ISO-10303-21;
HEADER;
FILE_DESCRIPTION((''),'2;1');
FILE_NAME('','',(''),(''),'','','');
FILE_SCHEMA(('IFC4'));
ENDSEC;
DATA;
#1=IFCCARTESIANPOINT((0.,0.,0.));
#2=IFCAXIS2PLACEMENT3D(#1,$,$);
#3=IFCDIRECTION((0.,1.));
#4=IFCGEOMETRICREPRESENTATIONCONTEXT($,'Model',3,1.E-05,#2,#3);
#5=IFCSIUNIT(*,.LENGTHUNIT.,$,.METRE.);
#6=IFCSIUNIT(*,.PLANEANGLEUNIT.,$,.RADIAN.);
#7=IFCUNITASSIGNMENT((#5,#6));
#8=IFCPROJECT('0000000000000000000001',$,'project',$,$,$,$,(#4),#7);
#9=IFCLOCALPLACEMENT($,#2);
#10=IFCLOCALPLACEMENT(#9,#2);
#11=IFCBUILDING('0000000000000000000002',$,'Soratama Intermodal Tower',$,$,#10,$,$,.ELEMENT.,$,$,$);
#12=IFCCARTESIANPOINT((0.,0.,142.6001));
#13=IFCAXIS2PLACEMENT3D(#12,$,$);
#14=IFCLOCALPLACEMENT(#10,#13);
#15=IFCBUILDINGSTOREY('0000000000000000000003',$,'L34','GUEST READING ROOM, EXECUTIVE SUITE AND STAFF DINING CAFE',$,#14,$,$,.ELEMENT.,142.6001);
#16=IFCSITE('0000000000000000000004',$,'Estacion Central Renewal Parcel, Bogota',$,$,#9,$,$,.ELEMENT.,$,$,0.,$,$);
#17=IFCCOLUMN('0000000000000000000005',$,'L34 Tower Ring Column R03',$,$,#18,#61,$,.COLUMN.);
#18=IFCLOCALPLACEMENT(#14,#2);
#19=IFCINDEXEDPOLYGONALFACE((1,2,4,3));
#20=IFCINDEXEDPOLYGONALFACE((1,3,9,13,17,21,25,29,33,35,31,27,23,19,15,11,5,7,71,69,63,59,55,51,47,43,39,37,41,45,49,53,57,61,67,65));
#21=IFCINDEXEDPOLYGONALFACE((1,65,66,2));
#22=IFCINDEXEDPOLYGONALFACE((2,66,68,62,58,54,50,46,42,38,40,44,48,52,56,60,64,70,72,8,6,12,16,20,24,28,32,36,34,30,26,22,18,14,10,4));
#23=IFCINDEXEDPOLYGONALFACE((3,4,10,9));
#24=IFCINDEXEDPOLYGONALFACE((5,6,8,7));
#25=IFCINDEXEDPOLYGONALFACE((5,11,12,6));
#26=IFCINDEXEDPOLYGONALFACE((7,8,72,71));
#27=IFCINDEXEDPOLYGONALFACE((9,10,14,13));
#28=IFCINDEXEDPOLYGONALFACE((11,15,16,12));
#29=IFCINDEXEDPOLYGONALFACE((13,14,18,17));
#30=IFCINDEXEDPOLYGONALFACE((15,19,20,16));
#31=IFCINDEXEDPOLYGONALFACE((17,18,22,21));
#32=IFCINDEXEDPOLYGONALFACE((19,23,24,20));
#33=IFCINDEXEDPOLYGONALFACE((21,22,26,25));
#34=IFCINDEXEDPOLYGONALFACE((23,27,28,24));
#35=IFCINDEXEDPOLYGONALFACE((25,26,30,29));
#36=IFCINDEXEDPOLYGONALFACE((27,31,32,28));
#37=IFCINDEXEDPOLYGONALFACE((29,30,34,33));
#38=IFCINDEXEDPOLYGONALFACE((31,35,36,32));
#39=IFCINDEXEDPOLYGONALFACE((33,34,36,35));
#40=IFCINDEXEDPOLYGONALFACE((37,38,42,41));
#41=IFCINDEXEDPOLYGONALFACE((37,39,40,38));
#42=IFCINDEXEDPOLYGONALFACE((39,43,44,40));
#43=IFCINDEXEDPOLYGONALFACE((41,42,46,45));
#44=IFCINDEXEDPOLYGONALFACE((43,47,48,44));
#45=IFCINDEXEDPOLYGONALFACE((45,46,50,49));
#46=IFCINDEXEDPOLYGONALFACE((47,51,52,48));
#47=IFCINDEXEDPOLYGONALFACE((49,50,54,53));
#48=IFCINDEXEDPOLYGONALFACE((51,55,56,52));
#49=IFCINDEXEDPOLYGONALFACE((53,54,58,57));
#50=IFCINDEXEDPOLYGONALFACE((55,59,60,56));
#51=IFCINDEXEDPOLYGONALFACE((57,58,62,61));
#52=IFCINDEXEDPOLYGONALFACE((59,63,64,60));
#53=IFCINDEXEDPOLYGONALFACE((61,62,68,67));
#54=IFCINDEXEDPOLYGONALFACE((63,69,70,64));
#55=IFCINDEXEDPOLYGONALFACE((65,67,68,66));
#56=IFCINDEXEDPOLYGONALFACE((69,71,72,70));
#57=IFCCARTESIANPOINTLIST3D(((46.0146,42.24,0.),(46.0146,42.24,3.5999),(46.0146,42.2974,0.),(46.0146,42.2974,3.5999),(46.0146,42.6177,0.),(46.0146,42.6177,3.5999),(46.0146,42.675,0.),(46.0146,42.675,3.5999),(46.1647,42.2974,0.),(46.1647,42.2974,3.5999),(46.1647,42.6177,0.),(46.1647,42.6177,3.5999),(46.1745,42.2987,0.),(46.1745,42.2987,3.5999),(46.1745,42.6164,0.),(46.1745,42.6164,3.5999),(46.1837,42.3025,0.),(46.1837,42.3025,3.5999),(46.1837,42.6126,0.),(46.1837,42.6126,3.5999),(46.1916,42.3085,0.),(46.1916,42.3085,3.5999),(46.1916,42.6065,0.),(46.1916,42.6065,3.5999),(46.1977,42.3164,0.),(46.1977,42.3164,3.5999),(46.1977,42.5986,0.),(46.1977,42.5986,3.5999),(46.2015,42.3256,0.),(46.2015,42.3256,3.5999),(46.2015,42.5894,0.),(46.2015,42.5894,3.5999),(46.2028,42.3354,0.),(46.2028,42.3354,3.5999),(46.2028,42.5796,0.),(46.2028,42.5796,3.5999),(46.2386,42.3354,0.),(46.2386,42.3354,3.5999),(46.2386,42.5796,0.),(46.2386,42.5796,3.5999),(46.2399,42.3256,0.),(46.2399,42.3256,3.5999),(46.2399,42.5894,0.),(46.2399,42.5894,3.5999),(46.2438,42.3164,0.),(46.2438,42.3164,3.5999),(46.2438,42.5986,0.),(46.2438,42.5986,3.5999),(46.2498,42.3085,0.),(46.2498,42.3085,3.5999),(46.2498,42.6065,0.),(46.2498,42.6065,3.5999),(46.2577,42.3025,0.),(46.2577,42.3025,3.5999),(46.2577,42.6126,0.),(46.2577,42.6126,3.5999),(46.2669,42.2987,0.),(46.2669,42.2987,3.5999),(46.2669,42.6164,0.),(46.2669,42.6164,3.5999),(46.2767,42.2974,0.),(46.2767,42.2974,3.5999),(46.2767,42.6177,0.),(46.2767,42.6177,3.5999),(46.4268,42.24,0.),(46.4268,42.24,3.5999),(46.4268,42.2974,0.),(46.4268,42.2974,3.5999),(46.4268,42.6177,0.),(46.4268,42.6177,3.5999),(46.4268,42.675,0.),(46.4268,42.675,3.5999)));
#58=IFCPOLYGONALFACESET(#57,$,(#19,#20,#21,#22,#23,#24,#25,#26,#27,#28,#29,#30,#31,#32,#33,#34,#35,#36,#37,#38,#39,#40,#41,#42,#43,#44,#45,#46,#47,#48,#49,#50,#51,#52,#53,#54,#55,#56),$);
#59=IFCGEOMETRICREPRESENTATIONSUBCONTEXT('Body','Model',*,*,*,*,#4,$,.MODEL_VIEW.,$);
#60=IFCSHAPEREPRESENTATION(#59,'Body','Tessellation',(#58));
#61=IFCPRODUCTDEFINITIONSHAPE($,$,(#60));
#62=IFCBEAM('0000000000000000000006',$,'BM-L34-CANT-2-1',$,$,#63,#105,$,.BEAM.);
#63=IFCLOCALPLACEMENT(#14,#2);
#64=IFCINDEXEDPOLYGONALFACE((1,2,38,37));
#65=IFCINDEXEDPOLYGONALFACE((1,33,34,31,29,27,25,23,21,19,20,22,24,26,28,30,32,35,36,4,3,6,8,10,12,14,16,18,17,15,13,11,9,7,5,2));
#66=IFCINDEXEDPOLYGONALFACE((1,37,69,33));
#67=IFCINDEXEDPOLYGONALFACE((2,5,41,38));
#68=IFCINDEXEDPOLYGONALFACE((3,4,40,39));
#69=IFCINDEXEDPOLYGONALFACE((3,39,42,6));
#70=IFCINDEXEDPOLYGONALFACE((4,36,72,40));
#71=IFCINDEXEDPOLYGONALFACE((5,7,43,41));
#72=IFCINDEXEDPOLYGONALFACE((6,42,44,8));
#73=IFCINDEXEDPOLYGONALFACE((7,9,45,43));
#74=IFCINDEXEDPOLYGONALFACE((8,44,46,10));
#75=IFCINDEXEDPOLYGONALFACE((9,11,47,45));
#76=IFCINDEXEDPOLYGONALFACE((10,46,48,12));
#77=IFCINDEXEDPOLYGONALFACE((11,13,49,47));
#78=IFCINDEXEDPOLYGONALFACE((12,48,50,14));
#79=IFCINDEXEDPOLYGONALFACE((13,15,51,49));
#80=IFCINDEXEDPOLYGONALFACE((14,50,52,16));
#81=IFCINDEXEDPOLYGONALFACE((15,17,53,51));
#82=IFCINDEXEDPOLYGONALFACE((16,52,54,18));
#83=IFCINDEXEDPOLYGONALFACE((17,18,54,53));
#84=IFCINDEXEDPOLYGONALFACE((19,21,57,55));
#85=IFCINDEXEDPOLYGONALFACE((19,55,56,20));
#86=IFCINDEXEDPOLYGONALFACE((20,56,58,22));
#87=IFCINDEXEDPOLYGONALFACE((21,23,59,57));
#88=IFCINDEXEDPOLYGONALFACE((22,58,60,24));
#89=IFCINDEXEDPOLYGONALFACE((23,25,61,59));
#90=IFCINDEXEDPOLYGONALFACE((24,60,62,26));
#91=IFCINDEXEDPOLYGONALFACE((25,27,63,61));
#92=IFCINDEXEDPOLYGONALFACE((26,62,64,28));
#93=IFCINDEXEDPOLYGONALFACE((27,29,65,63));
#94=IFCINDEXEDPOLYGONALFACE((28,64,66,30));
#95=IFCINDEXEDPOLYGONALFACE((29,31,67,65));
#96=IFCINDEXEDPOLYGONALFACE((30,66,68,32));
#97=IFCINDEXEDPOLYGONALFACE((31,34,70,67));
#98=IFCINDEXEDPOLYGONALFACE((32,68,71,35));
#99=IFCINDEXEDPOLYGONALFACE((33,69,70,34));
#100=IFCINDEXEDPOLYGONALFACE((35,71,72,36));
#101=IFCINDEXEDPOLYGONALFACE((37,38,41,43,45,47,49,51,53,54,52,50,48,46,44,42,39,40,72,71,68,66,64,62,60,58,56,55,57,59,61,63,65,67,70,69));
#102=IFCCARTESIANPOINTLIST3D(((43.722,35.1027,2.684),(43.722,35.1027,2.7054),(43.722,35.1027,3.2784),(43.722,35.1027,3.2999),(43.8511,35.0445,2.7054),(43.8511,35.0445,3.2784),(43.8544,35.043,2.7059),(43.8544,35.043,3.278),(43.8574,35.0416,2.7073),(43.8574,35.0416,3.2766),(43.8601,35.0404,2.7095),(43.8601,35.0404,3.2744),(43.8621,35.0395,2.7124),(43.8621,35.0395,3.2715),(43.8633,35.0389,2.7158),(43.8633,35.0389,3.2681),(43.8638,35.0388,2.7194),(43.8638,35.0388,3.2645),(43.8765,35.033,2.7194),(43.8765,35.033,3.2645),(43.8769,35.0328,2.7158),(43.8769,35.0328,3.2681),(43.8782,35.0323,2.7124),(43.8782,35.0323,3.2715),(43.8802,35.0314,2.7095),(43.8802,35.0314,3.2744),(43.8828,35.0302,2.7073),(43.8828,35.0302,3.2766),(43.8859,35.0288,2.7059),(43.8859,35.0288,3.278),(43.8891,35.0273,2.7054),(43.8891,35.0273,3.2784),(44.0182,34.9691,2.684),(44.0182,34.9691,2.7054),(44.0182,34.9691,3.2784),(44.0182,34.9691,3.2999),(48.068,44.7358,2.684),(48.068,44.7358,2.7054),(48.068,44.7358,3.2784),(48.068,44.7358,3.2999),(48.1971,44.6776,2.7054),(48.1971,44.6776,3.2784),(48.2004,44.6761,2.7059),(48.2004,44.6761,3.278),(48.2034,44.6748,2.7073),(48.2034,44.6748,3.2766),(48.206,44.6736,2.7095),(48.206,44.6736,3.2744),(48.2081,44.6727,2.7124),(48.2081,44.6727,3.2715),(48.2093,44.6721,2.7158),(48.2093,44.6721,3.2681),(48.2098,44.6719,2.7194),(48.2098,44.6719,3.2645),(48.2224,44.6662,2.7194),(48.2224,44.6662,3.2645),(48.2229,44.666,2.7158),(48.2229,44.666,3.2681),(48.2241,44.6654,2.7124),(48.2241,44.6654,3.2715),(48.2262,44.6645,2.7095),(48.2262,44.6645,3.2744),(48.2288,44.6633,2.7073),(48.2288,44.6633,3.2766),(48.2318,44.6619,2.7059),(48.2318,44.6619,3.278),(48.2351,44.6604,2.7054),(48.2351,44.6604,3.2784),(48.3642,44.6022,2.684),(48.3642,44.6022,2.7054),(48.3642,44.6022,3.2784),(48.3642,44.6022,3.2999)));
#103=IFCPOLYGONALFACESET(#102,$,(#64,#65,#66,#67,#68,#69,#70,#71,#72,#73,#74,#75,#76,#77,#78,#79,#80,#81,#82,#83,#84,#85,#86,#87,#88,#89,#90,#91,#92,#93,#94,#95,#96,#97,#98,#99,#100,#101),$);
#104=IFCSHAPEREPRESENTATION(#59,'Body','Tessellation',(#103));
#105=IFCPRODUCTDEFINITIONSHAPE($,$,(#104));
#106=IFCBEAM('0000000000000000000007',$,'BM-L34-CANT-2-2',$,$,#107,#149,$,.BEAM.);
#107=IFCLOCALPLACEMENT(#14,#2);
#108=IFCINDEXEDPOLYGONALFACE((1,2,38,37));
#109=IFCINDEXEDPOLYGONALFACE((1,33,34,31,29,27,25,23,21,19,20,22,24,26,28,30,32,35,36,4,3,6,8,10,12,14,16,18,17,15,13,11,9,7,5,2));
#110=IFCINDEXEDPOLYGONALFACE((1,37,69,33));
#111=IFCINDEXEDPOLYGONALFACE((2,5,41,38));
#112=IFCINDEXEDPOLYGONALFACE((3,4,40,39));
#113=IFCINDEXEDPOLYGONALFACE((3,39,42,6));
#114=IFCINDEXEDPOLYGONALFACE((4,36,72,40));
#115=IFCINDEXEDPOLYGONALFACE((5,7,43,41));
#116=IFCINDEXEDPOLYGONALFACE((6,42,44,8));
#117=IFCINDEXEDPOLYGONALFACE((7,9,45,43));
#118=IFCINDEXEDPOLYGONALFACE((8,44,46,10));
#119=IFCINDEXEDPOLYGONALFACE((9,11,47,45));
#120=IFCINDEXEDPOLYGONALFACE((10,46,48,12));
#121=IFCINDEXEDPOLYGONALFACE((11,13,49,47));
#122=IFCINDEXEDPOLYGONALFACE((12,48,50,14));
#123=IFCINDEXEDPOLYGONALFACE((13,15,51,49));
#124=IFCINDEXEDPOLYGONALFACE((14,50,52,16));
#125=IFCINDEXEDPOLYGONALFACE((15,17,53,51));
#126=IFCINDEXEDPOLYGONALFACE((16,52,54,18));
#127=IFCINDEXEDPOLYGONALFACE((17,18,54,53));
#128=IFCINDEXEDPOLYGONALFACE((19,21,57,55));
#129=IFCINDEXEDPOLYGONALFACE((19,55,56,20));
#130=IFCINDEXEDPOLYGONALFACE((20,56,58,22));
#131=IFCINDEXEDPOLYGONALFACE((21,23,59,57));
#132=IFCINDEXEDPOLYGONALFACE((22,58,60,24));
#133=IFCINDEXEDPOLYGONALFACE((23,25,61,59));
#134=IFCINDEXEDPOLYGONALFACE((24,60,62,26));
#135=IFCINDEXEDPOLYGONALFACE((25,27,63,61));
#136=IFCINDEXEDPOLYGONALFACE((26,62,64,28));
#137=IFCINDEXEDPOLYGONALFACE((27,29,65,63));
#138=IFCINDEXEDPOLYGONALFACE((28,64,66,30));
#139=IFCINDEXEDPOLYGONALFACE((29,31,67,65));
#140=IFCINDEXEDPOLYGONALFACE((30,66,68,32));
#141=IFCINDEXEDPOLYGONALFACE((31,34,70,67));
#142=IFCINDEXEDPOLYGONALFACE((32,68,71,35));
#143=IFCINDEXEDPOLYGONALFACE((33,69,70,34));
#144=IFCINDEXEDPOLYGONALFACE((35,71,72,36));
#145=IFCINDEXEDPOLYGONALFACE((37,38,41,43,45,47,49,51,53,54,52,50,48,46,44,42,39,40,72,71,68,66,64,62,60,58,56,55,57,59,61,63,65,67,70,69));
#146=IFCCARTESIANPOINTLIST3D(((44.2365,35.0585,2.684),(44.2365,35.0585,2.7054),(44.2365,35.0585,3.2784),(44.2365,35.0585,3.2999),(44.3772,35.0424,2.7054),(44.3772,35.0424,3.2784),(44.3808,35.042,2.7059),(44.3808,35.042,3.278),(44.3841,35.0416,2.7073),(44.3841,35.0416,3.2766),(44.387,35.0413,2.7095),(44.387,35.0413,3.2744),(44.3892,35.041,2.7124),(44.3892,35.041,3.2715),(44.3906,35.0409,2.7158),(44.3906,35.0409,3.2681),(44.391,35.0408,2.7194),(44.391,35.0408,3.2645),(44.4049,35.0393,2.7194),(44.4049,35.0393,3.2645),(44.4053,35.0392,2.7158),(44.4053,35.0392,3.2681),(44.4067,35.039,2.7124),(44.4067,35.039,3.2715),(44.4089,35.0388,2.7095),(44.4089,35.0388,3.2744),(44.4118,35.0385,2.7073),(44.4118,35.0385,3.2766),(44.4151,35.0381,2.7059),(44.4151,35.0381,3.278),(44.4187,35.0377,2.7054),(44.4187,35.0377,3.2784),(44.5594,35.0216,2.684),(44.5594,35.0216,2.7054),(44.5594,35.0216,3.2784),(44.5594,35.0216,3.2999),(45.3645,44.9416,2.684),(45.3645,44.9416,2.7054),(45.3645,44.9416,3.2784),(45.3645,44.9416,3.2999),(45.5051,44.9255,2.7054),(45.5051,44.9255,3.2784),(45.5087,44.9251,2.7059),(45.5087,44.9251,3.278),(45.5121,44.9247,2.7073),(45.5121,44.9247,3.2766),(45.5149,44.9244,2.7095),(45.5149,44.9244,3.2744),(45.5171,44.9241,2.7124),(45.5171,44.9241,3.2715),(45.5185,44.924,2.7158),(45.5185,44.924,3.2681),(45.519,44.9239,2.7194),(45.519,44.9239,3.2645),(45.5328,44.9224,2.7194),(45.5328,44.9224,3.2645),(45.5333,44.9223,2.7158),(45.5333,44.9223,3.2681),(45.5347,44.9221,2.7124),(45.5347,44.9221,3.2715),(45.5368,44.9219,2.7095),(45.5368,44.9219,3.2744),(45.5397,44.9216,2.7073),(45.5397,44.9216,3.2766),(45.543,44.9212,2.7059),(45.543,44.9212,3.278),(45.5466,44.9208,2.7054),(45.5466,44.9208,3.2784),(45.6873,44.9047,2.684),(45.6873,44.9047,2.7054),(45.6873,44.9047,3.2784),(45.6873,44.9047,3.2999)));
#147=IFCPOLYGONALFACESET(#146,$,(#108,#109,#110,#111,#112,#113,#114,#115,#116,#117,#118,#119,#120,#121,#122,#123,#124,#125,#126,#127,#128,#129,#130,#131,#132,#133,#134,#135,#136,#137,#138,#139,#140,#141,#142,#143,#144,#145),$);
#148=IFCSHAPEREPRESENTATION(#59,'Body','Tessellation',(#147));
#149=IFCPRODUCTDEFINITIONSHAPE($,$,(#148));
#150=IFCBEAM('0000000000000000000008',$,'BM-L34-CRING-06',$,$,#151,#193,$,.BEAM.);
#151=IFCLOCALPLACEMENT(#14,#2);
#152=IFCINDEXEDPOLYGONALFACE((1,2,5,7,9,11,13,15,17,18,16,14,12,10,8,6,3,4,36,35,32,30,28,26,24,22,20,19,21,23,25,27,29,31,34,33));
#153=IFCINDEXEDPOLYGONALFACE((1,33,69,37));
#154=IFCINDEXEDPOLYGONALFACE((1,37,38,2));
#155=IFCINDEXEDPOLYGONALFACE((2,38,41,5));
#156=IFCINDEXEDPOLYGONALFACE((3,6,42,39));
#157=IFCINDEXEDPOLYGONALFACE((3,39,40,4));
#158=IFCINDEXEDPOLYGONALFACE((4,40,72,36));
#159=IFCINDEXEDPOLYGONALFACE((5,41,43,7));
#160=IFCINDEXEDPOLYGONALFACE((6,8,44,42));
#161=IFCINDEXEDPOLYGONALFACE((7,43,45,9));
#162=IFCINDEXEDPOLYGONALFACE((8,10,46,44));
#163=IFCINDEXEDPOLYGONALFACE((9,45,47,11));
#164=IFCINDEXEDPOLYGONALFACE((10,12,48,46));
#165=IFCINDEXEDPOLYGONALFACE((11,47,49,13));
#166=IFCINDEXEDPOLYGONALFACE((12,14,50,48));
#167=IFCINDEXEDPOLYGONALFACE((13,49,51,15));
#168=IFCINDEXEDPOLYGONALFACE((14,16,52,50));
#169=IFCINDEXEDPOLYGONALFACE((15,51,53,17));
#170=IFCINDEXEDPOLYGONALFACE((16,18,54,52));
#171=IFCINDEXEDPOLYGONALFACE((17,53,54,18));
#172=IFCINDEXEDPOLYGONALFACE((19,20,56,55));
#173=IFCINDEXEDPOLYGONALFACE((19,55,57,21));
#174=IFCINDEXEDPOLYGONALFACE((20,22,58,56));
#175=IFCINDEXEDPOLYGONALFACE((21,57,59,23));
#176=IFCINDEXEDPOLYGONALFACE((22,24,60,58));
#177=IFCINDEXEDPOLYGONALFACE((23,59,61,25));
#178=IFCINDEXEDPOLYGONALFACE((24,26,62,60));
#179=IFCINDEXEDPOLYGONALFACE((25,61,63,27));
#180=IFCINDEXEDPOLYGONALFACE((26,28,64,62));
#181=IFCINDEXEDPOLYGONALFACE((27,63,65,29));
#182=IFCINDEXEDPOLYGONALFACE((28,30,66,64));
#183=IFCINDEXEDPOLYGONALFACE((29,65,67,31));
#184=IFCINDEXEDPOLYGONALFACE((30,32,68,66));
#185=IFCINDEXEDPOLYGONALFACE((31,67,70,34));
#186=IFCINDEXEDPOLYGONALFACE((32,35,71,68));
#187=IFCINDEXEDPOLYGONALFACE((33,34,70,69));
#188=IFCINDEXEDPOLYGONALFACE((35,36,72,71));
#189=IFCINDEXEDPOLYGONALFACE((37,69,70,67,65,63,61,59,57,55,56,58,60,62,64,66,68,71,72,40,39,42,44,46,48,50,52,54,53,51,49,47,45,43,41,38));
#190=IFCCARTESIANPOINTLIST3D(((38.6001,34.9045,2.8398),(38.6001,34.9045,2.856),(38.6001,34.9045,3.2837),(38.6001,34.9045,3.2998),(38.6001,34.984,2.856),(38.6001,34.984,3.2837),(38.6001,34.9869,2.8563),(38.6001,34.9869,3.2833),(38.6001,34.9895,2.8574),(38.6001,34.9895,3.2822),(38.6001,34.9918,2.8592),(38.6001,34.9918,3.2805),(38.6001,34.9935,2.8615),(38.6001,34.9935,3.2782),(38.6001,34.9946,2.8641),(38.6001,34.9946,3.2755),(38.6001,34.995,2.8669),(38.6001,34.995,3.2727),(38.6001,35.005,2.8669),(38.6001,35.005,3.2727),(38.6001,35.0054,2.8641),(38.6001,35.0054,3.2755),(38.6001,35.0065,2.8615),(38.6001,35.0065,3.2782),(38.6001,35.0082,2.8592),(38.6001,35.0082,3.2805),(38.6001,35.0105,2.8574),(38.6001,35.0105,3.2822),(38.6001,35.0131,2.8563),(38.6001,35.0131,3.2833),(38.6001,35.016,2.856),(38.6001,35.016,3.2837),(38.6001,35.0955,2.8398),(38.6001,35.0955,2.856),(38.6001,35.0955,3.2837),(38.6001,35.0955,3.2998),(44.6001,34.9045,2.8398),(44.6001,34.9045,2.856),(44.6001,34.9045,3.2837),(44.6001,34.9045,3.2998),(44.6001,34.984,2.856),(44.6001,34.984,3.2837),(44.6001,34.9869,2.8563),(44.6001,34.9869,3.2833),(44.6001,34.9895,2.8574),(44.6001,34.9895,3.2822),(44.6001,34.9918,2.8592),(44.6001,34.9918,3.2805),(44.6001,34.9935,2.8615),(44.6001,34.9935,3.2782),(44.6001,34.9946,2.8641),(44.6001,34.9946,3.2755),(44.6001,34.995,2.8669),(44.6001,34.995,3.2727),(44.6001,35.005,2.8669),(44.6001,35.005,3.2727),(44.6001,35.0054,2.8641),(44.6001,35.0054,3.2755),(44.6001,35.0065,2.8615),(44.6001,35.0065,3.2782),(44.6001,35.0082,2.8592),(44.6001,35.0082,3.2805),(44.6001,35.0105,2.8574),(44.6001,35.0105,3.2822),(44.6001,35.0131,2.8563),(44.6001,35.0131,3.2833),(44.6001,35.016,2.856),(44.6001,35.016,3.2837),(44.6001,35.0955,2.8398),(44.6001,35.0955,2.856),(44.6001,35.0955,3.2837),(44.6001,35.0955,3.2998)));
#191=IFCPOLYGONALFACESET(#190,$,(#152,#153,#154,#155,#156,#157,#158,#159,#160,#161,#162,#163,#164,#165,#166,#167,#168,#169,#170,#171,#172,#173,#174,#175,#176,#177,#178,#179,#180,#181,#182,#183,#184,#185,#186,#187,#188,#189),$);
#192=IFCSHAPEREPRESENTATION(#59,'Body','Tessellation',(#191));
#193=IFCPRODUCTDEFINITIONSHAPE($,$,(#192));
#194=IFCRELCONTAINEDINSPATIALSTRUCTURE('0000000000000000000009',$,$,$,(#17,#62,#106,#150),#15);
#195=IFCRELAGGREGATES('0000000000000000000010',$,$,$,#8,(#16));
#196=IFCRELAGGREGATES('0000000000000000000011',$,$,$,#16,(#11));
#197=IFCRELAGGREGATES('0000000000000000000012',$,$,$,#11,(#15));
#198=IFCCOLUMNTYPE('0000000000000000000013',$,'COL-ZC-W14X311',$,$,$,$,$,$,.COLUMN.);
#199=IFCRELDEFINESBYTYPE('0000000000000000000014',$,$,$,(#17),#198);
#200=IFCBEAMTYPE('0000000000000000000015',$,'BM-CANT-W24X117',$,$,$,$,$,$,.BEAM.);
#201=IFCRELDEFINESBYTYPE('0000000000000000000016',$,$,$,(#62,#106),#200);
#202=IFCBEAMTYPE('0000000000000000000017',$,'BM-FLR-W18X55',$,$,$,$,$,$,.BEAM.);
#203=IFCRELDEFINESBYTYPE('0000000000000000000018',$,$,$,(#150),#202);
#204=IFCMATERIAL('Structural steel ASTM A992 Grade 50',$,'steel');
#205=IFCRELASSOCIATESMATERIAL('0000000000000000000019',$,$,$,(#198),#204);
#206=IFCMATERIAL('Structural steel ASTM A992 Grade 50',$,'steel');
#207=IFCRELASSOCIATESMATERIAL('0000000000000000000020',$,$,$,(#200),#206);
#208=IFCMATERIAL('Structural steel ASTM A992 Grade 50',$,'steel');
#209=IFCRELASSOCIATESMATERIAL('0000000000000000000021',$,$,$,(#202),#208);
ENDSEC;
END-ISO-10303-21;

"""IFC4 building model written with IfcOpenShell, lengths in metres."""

from ifc_helpers import new_model, si_unit, direction, frame, origin, origin_2d, place, context, subcontext, project, spatial, i_section, extrude, material, material_profile, profile_set, type_object, element, save


model = new_model("IFC4")

# Units and contexts
model_context = context("Model", 3, precision=1e-05, world=origin(), true_north=direction((0.0, 1.0)))
body_context = subcontext(model_context, "Body", "Model", "MODEL_VIEW")
ifc_project = project(units=[si_unit("LENGTHUNIT", "METRE"), si_unit("PLANEANGLEUNIT", "RADIAN")], contexts=[model_context])

# Site, building, storey
site_placement = place(None, origin())
site = spatial("IfcSite", under=ifc_project, at=site_placement, Name="Estacion Central Renewal Parcel, Bogota", CompositionType="ELEMENT", RefElevation=0.0)
building_placement = place(site_placement, origin())
building = spatial("IfcBuilding", under=site, at=building_placement, Name="Soratama Intermodal Tower", CompositionType="ELEMENT")
storey_placement = place(building_placement, frame((0.0, 0.0, 142.6001)))
storey = spatial("IfcBuildingStorey", under=building, at=storey_placement, Name="L34", Description="GUEST READING ROOM, EXECUTIVE SUITE AND STAFF DINING CAFE", CompositionType="ELEMENT", Elevation=142.6001)

# Column
ifc_material_1 = material(Name="Structural steel ASTM A992 Grade 50", Category="steel")
ifc_material_profile_1 = material_profile(ifc_material_1, i_section(OverallWidth=0.4121, OverallDepth=0.4351, WebThickness=0.0359, FlangeThickness=0.0574, FilletRadius=0.0381, at=origin_2d()), Name="W14X311")
ifc_profile_set_1 = profile_set([ifc_material_profile_1], Name="Structural steel ASTM A992 Grade 50")
column_type = type_object("IfcColumnType", Name="COL-ZC-W14X311", PredefinedType="COLUMN", material=ifc_profile_set_1)
column_placement = place(storey_placement, frame((46.2207, 42.4575, 0.0), z_axis=(0.0, 0.0, 1.0), x_axis=(1.0, 0.0, 0.0)))
element("IfcColumn", 1, at=column_placement, inside=storey, type_object=column_type, Name="L34 Tower Ring Column R03", PredefinedType="COLUMN", context=body_context, shape_type="SweptSolid", body=[
    extrude(i_section(OverallWidth=0.4121, OverallDepth=0.4351, WebThickness=0.0359, FlangeThickness=0.0574, FilletRadius=0.0381, at=origin_2d()), origin(), (0.0, 0.0, 1.0), 3.5999),
])

# Beams
ifc_material_2 = material(Name="Structural steel ASTM A992 Grade 50", Category="steel")
ifc_material_profile_2 = material_profile(ifc_material_2, i_section(OverallWidth=0.325, OverallDepth=0.616, WebThickness=0.0139, FlangeThickness=0.0215, FilletRadius=0.0139, at=origin_2d()), Name="W24X117")
ifc_profile_set_2 = profile_set([ifc_material_profile_2], Name="Structural steel ASTM A992 Grade 50")
beam_type_1 = type_object("IfcBeamType", Name="BM-CANT-W24X117", PredefinedType="BEAM", material=ifc_profile_set_2)
beam_1_placement = place(storey_placement, frame((43.8701, 35.0359, 2.9919), z_axis=(0.411236, 0.911529, 0.0), x_axis=(-0.911529, 0.411236, 0.0)))
element("IfcBeam", 2, at=beam_1_placement, inside=storey, type_object=beam_type_1, Name="BM-L34-CANT-2-1", PredefinedType="BEAM", context=body_context, shape_type="SweptSolid", body=[
    extrude(i_section(OverallWidth=0.325, OverallDepth=0.616, WebThickness=0.0139, FlangeThickness=0.0215, FilletRadius=0.0139, at=origin_2d()), origin(), (0.0, 0.0, 1.0), 10.5681),
])
beam_2_placement = place(storey_placement, frame((44.3979, 35.04, 2.9919), z_axis=(0.113392, 0.99355, 0.0), x_axis=(-0.99355, 0.113392, 0.0)))
element("IfcBeam", 3, at=beam_2_placement, inside=storey, type_object=beam_type_1, Name="BM-L34-CANT-2-2", PredefinedType="BEAM", context=body_context, shape_type="SweptSolid", body=[
    extrude(i_section(OverallWidth=0.325, OverallDepth=0.616, WebThickness=0.0139, FlangeThickness=0.0215, FilletRadius=0.0139, at=origin_2d()), origin(), (0.0, 0.0, 1.0), 9.9473),
])
ifc_material_3 = material(Name="Structural steel ASTM A992 Grade 50", Category="steel")
ifc_material_profile_3 = material_profile(ifc_material_3, i_section(OverallWidth=0.1909, OverallDepth=0.46, WebThickness=0.01, FlangeThickness=0.0161, FilletRadius=0.011, at=origin_2d()), Name="W18X55")
ifc_profile_set_3 = profile_set([ifc_material_profile_3], Name="Structural steel ASTM A992 Grade 50")
beam_type_2 = type_object("IfcBeamType", Name="BM-FLR-W18X55", PredefinedType="BEAM", material=ifc_profile_set_3)
beam_3_placement = place(storey_placement, frame((44.6001, 35.0, 3.0698), z_axis=(-1.0, 0.0, 0.0), x_axis=(0.0, -1.0, 0.0)))
element("IfcBeam", 4, at=beam_3_placement, inside=storey, type_object=beam_type_2, Name="BM-L34-CRING-06", PredefinedType="BEAM", context=body_context, shape_type="SweptSolid", body=[
    extrude(i_section(OverallWidth=0.1909, OverallDepth=0.46, WebThickness=0.01, FlangeThickness=0.0161, FilletRadius=0.011, at=origin_2d()), origin(), (0.0, 0.0, 1.0), 6.0),
])

save(model, "model.ifc")
